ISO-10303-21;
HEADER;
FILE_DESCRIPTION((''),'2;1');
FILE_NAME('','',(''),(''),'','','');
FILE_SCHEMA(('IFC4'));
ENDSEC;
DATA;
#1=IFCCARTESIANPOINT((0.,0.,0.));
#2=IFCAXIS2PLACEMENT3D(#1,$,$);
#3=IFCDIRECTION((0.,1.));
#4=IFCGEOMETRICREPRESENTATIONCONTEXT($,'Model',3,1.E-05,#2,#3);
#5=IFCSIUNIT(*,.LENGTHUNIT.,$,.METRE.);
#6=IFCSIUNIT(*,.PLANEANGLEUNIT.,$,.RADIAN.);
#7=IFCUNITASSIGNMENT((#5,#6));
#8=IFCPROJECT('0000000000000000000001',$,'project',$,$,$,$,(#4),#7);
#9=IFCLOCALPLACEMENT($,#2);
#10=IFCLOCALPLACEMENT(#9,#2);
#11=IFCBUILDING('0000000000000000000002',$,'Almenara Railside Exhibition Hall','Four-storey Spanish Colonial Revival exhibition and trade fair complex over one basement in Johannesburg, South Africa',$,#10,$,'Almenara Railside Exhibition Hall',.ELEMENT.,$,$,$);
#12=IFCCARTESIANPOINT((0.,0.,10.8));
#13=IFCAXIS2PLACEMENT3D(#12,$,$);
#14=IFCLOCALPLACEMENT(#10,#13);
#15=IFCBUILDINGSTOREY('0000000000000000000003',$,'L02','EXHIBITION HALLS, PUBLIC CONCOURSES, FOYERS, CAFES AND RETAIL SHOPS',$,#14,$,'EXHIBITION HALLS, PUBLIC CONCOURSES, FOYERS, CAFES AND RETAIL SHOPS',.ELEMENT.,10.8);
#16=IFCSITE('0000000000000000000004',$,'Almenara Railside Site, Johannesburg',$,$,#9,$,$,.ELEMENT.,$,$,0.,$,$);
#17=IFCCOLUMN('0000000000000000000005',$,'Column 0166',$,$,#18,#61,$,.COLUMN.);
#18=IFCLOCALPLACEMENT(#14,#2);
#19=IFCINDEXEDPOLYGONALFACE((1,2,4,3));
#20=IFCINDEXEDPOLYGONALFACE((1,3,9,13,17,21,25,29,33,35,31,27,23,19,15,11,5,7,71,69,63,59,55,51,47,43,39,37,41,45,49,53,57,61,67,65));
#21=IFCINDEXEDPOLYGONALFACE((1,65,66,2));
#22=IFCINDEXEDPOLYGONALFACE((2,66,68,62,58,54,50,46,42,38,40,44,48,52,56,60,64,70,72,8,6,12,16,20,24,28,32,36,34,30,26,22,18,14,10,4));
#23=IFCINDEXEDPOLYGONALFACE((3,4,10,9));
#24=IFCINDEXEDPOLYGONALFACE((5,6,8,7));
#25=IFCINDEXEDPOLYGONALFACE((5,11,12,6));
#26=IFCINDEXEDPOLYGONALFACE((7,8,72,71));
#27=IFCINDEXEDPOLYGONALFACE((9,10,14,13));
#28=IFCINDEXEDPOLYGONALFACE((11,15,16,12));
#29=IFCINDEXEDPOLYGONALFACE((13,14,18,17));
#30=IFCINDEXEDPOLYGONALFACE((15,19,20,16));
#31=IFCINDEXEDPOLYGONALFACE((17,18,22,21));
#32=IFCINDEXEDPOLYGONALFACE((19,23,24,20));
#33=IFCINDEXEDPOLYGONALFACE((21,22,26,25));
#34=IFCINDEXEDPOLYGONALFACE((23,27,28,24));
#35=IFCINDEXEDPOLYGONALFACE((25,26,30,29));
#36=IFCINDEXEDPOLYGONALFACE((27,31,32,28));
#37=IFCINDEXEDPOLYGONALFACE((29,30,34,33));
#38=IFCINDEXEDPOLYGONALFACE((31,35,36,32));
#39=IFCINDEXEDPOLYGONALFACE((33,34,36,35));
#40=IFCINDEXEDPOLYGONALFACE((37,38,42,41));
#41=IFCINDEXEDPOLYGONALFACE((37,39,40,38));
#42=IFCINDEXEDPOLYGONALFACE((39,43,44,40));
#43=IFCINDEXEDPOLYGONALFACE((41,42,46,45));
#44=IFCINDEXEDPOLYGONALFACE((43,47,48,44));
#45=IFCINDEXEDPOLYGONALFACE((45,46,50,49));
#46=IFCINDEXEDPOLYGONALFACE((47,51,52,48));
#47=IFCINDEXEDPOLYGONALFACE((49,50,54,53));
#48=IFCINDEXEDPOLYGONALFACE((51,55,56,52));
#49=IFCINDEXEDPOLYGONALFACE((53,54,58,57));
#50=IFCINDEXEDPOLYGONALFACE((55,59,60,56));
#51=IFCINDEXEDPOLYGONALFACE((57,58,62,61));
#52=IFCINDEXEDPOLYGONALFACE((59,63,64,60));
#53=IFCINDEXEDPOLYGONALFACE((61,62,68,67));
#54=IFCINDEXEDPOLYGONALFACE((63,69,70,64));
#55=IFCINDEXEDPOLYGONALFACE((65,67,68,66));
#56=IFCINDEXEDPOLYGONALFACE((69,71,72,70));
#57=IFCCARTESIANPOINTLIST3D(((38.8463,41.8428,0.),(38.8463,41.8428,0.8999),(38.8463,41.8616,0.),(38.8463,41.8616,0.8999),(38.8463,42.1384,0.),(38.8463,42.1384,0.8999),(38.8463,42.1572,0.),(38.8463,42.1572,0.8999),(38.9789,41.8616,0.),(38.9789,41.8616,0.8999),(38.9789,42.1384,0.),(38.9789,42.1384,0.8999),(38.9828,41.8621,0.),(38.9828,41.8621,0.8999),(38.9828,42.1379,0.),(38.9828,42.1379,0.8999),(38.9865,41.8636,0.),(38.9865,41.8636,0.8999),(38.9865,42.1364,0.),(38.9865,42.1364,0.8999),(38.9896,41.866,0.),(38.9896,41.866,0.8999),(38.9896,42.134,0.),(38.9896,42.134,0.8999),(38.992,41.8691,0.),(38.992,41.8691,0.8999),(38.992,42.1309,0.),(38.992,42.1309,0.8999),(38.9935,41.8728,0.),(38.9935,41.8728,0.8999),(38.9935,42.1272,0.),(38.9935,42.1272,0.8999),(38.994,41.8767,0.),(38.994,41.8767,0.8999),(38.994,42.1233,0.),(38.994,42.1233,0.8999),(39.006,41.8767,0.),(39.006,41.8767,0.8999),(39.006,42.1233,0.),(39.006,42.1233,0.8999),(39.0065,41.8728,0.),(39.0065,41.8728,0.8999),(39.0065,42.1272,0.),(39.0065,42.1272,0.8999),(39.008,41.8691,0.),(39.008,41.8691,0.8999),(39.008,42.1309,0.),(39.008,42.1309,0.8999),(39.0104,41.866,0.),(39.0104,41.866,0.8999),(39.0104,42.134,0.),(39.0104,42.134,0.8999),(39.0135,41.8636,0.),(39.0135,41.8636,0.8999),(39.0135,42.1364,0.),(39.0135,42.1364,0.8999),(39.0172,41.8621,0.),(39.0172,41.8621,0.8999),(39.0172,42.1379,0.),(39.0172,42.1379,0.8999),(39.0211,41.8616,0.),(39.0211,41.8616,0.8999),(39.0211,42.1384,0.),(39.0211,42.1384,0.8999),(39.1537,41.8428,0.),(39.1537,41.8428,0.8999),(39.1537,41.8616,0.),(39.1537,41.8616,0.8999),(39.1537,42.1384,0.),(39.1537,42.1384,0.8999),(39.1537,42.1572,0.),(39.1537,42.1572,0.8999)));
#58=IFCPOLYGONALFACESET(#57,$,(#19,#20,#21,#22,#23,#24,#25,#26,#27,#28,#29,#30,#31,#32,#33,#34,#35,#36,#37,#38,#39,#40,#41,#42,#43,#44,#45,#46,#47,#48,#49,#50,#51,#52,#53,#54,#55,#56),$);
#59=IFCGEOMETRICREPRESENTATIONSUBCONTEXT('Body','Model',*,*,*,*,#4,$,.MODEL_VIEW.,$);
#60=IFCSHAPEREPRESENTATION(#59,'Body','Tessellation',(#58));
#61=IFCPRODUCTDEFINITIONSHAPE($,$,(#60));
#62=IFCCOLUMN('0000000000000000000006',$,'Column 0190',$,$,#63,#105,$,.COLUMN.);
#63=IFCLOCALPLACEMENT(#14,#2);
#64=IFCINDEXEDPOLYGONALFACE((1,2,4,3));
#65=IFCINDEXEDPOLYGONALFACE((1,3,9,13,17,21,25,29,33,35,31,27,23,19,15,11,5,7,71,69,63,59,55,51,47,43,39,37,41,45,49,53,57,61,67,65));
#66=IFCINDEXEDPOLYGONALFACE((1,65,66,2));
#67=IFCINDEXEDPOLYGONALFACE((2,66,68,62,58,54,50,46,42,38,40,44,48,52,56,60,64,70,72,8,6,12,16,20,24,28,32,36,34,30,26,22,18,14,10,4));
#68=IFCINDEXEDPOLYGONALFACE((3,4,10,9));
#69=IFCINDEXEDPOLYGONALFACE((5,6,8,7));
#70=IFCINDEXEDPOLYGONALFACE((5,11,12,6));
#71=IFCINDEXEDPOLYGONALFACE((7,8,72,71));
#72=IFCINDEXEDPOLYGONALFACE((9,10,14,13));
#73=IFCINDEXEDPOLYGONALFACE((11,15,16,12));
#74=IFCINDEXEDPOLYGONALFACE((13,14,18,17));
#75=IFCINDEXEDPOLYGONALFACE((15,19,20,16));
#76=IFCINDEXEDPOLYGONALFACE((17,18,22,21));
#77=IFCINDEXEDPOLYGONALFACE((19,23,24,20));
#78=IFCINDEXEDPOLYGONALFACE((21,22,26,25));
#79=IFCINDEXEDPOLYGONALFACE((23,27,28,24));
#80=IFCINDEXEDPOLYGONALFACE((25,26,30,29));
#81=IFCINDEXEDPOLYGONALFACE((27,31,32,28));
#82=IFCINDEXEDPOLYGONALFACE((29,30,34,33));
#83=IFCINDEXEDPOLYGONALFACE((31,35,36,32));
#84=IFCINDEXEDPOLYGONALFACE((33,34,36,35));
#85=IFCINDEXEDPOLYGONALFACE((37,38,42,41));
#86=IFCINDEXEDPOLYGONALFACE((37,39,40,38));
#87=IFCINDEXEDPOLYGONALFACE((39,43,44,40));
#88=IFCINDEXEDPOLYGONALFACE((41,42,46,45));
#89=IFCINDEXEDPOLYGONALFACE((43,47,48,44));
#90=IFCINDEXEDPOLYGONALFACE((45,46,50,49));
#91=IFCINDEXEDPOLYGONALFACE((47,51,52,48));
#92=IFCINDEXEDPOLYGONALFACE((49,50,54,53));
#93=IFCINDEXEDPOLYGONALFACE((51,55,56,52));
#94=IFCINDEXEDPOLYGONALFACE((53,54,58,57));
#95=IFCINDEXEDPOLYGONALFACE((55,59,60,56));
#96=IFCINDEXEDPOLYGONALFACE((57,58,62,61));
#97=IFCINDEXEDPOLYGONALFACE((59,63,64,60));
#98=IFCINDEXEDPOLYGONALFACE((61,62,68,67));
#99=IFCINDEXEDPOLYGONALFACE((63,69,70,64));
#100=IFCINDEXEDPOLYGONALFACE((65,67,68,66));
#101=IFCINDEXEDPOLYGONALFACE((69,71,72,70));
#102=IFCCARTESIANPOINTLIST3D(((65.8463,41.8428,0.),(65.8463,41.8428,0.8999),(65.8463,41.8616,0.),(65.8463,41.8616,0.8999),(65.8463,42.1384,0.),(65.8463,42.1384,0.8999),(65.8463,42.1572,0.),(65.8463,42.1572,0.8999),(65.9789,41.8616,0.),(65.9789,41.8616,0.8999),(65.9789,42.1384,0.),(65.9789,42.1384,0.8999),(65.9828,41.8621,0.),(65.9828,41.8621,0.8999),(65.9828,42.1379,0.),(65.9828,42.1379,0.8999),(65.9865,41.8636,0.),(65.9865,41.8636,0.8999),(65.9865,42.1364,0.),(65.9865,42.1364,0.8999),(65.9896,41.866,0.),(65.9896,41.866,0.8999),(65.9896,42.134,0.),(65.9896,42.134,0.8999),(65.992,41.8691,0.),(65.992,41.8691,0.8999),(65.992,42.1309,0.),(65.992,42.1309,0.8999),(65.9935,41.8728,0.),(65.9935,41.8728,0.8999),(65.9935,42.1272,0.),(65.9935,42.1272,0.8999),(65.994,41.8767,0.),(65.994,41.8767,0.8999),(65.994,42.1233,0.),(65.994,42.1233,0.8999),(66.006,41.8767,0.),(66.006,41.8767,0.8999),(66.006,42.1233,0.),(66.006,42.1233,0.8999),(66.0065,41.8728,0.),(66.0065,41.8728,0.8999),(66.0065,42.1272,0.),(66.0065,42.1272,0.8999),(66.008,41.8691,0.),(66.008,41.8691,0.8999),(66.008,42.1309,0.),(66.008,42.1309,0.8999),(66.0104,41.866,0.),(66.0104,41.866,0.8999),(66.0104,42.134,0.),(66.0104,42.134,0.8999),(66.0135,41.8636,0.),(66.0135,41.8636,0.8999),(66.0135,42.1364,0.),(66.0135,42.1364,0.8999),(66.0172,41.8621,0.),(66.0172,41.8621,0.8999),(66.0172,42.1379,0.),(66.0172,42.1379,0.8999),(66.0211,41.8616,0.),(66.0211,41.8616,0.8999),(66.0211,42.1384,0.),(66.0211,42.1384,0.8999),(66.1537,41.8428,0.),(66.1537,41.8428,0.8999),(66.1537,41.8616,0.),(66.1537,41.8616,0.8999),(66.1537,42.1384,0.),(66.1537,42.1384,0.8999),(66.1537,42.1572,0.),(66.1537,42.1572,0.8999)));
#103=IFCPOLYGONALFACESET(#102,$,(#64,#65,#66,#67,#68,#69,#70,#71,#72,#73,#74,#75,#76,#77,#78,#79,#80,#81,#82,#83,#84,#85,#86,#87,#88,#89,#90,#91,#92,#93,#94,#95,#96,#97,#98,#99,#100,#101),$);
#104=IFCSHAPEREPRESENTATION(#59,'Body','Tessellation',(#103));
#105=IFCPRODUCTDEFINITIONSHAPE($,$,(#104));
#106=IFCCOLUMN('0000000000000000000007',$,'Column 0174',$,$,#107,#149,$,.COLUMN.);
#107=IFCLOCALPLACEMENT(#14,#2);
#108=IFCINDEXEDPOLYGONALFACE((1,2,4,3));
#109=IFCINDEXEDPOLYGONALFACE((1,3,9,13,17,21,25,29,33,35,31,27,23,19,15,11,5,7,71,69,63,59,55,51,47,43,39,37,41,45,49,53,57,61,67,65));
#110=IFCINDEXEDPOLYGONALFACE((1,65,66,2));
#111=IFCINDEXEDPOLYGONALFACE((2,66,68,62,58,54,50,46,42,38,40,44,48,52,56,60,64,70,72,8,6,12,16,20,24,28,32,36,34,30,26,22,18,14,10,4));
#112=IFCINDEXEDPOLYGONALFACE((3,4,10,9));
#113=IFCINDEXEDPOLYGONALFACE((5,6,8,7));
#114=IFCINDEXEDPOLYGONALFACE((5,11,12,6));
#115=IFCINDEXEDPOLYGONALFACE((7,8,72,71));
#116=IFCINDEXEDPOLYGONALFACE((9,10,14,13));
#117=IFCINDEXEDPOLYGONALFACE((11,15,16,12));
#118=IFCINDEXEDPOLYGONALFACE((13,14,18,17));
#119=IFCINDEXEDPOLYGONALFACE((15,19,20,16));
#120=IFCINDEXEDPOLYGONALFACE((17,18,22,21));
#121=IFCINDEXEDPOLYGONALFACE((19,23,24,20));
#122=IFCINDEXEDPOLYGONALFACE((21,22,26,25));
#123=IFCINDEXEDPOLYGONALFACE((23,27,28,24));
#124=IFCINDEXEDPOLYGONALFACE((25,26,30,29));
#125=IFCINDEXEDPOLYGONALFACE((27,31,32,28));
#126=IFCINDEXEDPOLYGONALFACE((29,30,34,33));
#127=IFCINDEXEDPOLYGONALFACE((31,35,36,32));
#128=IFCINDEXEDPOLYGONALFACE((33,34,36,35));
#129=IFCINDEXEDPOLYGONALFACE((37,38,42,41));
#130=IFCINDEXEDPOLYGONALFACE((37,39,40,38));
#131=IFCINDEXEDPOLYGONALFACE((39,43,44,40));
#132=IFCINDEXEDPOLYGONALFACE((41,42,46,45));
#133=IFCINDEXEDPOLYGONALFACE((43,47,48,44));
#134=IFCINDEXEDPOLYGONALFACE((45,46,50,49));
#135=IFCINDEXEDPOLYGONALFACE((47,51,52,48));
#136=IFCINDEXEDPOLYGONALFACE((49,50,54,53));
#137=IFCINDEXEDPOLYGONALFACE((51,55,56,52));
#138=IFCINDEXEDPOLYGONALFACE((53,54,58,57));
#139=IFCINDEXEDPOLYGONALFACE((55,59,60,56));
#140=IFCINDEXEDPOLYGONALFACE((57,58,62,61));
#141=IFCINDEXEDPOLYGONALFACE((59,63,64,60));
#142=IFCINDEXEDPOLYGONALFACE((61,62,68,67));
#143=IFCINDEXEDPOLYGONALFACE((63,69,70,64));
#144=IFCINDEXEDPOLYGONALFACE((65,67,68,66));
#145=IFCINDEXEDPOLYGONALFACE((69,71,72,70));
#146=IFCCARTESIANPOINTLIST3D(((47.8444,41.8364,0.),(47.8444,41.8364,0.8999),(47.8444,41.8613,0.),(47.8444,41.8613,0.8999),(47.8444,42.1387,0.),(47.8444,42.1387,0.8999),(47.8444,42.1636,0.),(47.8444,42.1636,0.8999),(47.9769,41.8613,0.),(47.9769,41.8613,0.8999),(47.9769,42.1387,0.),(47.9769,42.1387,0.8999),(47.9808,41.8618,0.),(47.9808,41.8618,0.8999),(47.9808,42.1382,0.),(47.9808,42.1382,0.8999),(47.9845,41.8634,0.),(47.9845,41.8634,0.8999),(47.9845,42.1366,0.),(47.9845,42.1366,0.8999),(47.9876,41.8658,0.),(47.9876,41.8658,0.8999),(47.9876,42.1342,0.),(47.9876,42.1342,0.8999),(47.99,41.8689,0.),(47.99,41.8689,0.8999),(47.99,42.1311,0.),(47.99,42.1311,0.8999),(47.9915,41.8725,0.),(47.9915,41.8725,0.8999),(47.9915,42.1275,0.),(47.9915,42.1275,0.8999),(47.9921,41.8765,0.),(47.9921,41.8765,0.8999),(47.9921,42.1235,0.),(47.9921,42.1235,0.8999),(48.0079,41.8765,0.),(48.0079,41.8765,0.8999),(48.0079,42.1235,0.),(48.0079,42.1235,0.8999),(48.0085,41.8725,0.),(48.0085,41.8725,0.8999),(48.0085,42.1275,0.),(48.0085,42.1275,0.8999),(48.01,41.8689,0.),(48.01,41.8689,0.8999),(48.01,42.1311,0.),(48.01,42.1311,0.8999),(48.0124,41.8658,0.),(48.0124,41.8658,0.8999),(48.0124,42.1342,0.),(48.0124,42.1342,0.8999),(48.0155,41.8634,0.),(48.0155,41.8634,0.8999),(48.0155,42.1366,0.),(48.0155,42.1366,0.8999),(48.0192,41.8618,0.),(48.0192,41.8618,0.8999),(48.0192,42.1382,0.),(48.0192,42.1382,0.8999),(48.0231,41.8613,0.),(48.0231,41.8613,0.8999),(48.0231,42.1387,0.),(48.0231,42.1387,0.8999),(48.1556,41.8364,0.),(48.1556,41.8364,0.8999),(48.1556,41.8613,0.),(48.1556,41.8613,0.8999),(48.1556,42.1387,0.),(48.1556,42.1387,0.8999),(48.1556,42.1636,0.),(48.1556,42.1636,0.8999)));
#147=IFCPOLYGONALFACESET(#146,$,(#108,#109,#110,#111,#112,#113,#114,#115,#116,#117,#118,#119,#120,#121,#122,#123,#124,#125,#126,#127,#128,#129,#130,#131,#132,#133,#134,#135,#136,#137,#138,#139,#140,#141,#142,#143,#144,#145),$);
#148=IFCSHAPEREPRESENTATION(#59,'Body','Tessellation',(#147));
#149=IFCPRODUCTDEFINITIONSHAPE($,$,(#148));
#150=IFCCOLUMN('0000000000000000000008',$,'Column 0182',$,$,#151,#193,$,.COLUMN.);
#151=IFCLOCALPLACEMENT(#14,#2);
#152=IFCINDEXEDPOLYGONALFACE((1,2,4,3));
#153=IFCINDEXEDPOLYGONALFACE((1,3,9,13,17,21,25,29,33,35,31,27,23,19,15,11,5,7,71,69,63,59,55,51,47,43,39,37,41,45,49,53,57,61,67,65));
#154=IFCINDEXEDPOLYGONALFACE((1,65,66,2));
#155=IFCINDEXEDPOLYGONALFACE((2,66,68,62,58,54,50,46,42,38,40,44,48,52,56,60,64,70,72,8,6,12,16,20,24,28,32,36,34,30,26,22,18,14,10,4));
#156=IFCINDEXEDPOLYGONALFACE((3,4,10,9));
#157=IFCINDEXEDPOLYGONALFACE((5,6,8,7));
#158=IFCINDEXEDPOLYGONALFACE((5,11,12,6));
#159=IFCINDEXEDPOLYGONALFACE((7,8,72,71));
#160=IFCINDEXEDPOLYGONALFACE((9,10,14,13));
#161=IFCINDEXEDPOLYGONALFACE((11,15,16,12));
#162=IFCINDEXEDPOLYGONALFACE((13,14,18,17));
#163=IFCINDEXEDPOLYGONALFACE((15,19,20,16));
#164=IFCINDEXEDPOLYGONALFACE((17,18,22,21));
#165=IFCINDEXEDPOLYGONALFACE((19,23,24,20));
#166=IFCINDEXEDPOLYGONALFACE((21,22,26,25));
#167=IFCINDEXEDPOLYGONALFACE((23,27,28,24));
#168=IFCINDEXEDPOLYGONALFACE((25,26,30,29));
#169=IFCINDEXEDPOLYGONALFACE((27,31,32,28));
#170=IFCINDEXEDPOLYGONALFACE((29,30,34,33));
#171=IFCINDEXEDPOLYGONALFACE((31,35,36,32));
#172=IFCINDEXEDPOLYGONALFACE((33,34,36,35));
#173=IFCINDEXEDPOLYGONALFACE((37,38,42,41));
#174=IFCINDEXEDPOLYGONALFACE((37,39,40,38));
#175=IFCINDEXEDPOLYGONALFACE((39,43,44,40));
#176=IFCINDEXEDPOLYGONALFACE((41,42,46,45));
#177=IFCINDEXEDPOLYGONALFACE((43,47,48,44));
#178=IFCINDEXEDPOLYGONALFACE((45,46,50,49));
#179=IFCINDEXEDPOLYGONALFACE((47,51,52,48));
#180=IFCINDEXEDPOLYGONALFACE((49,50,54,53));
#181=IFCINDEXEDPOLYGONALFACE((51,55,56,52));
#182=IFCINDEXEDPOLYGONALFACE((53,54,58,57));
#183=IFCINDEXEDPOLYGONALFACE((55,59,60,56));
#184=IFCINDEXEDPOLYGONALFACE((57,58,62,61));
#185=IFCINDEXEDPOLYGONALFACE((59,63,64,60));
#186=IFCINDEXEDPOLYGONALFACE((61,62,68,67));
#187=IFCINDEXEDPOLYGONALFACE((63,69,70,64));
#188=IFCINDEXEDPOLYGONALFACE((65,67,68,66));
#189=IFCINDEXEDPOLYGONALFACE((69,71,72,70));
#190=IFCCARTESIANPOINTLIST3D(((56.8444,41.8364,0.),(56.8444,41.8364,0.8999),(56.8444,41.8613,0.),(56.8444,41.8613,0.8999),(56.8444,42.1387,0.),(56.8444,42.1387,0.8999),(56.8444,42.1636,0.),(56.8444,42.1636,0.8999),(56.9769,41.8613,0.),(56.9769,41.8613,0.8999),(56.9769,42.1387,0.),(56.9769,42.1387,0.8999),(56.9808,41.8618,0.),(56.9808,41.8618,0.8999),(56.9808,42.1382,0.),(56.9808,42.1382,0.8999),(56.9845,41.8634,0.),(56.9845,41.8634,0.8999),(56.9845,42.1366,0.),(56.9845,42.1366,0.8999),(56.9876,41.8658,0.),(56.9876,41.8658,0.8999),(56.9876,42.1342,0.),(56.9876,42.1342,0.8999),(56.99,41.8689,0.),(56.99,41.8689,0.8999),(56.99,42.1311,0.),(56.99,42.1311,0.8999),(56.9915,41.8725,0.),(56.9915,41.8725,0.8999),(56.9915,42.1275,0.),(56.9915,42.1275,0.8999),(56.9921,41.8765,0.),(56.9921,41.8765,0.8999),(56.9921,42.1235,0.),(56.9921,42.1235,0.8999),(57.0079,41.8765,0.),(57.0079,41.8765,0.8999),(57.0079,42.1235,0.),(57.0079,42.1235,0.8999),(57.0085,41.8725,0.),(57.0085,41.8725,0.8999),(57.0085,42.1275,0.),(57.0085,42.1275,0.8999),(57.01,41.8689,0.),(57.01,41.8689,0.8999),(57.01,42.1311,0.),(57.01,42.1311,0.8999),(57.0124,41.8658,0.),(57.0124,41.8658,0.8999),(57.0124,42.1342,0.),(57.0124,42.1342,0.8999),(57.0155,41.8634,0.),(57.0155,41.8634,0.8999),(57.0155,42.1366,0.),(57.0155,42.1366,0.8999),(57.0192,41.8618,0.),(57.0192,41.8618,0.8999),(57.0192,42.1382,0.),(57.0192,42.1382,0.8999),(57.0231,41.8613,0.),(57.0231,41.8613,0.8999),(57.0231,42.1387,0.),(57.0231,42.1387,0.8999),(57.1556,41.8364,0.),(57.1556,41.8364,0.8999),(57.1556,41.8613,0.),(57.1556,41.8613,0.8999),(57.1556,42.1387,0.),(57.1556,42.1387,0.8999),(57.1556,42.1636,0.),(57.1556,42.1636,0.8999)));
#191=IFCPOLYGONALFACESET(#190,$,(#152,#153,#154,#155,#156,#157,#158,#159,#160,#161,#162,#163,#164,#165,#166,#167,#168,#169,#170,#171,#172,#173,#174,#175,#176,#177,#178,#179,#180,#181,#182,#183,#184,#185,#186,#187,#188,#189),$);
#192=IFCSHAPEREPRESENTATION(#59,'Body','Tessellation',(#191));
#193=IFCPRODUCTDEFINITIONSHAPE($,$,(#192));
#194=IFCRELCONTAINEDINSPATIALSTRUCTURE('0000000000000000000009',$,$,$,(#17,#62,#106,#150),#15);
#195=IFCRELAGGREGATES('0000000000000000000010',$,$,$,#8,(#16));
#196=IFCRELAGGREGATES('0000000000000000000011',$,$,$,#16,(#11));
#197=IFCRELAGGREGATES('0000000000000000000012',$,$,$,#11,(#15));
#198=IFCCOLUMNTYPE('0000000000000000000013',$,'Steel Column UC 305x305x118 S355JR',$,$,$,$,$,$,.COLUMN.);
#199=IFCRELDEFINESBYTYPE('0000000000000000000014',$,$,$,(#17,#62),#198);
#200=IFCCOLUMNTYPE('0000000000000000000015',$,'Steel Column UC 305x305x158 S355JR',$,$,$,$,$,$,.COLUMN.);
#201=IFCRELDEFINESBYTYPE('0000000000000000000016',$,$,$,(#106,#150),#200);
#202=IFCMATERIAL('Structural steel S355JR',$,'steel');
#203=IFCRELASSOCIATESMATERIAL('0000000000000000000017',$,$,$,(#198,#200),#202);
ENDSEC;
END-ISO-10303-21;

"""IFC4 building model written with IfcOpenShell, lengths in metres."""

from ifc_helpers import new_model, si_unit, direction, frame, origin, origin_2d, place, context, subcontext, project, spatial, i_section, extrude, material, material_profile, profile_set, type_object, element, save


model = new_model("IFC4")

# Units and contexts
model_context = context("Model", 3, precision=1e-05, world=origin(), true_north=direction((0.0, 1.0)))
body_context = subcontext(model_context, "Body", "Model", "MODEL_VIEW")
ifc_project = project(units=[si_unit("LENGTHUNIT", "METRE"), si_unit("PLANEANGLEUNIT", "RADIAN")], contexts=[model_context])

# Site, building, storey
site_placement = place(None, origin())
site = spatial("IfcSite", under=ifc_project, at=site_placement, Name="Almenara Railside Site, Johannesburg", CompositionType="ELEMENT", RefElevation=0.0)
building_placement = place(site_placement, origin())
building = spatial("IfcBuilding", under=site, at=building_placement, Name="Almenara Railside Exhibition Hall", Description="Four-storey Spanish Colonial Revival exhibition and trade fair complex over one basement in Johannesburg, South Africa", LongName="Almenara Railside Exhibition Hall", CompositionType="ELEMENT")
storey_placement = place(building_placement, frame((0.0, 0.0, 10.8)))
storey = spatial("IfcBuildingStorey", under=building, at=storey_placement, Name="L02", Description="EXHIBITION HALLS, PUBLIC CONCOURSES, FOYERS, CAFES AND RETAIL SHOPS", LongName="EXHIBITION HALLS, PUBLIC CONCOURSES, FOYERS, CAFES AND RETAIL SHOPS", CompositionType="ELEMENT", Elevation=10.8)

# Columns
ifc_material_1 = material(Name="Structural steel S355JR", Category="steel")
ifc_material_profile_1 = material_profile(ifc_material_1, i_section(OverallWidth=0.3074, OverallDepth=0.3145, WebThickness=0.012, FlangeThickness=0.0188, FilletRadius=0.0151, at=origin_2d()), Name="UC 305x305x118")
ifc_profile_set_1 = profile_set([ifc_material_profile_1], Name="Structural steel S355JR")
column_type_1 = type_object("IfcColumnType", Name="Steel Column UC 305x305x118 S355JR", PredefinedType="COLUMN", material=ifc_profile_set_1)
for number, where, z_axis, x_axis, name in (
    (1, (39.0, 42.0, 0.0), (0.0, 0.0, 1.0), (1.0, 0.0, 0.0), "Column 0166"),
    (2, (66.0, 42.0, 0.0), (0.0, 0.0, 1.0), (1.0, 0.0, 0.0), "Column 0190"),
):
    element("IfcColumn", number, at=place(storey_placement, frame(where, z_axis=z_axis, x_axis=x_axis)), inside=storey, type_object=column_type_1, Name=name, PredefinedType="COLUMN", context=body_context, shape_type="SweptSolid", body=[
        extrude(i_section(OverallWidth=0.3074, OverallDepth=0.3145, WebThickness=0.012, FlangeThickness=0.0188, FilletRadius=0.0151, at=origin_2d()), origin(), (0.0, 0.0, 1.0), 0.8999),
    ])
ifc_material_profile_2 = material_profile(ifc_material_1, i_section(OverallWidth=0.3113, OverallDepth=0.3271, WebThickness=0.0159, FlangeThickness=0.0249, FilletRadius=0.0151, at=origin_2d()), Name="UC 305x305x158")
ifc_profile_set_2 = profile_set([ifc_material_profile_2], Name="Structural steel S355JR")
column_type_2 = type_object("IfcColumnType", Name="Steel Column UC 305x305x158 S355JR", PredefinedType="COLUMN", material=ifc_profile_set_2)
for number, where, z_axis, x_axis, name in (
    (3, (48.0, 42.0, 0.0), (0.0, 0.0, 1.0), (1.0, 0.0, 0.0), "Column 0174"),
    (4, (57.0, 42.0, 0.0), (0.0, 0.0, 1.0), (1.0, 0.0, 0.0), "Column 0182"),
):
    element("IfcColumn", number, at=place(storey_placement, frame(where, z_axis=z_axis, x_axis=x_axis)), inside=storey, type_object=column_type_2, Name=name, PredefinedType="COLUMN", context=body_context, shape_type="SweptSolid", body=[
        extrude(i_section(OverallWidth=0.3113, OverallDepth=0.3271, WebThickness=0.0159, FlangeThickness=0.0249, FilletRadius=0.0151, at=origin_2d()), origin(), (0.0, 0.0, 1.0), 0.8999),
    ])

save(model, "model.ifc")
